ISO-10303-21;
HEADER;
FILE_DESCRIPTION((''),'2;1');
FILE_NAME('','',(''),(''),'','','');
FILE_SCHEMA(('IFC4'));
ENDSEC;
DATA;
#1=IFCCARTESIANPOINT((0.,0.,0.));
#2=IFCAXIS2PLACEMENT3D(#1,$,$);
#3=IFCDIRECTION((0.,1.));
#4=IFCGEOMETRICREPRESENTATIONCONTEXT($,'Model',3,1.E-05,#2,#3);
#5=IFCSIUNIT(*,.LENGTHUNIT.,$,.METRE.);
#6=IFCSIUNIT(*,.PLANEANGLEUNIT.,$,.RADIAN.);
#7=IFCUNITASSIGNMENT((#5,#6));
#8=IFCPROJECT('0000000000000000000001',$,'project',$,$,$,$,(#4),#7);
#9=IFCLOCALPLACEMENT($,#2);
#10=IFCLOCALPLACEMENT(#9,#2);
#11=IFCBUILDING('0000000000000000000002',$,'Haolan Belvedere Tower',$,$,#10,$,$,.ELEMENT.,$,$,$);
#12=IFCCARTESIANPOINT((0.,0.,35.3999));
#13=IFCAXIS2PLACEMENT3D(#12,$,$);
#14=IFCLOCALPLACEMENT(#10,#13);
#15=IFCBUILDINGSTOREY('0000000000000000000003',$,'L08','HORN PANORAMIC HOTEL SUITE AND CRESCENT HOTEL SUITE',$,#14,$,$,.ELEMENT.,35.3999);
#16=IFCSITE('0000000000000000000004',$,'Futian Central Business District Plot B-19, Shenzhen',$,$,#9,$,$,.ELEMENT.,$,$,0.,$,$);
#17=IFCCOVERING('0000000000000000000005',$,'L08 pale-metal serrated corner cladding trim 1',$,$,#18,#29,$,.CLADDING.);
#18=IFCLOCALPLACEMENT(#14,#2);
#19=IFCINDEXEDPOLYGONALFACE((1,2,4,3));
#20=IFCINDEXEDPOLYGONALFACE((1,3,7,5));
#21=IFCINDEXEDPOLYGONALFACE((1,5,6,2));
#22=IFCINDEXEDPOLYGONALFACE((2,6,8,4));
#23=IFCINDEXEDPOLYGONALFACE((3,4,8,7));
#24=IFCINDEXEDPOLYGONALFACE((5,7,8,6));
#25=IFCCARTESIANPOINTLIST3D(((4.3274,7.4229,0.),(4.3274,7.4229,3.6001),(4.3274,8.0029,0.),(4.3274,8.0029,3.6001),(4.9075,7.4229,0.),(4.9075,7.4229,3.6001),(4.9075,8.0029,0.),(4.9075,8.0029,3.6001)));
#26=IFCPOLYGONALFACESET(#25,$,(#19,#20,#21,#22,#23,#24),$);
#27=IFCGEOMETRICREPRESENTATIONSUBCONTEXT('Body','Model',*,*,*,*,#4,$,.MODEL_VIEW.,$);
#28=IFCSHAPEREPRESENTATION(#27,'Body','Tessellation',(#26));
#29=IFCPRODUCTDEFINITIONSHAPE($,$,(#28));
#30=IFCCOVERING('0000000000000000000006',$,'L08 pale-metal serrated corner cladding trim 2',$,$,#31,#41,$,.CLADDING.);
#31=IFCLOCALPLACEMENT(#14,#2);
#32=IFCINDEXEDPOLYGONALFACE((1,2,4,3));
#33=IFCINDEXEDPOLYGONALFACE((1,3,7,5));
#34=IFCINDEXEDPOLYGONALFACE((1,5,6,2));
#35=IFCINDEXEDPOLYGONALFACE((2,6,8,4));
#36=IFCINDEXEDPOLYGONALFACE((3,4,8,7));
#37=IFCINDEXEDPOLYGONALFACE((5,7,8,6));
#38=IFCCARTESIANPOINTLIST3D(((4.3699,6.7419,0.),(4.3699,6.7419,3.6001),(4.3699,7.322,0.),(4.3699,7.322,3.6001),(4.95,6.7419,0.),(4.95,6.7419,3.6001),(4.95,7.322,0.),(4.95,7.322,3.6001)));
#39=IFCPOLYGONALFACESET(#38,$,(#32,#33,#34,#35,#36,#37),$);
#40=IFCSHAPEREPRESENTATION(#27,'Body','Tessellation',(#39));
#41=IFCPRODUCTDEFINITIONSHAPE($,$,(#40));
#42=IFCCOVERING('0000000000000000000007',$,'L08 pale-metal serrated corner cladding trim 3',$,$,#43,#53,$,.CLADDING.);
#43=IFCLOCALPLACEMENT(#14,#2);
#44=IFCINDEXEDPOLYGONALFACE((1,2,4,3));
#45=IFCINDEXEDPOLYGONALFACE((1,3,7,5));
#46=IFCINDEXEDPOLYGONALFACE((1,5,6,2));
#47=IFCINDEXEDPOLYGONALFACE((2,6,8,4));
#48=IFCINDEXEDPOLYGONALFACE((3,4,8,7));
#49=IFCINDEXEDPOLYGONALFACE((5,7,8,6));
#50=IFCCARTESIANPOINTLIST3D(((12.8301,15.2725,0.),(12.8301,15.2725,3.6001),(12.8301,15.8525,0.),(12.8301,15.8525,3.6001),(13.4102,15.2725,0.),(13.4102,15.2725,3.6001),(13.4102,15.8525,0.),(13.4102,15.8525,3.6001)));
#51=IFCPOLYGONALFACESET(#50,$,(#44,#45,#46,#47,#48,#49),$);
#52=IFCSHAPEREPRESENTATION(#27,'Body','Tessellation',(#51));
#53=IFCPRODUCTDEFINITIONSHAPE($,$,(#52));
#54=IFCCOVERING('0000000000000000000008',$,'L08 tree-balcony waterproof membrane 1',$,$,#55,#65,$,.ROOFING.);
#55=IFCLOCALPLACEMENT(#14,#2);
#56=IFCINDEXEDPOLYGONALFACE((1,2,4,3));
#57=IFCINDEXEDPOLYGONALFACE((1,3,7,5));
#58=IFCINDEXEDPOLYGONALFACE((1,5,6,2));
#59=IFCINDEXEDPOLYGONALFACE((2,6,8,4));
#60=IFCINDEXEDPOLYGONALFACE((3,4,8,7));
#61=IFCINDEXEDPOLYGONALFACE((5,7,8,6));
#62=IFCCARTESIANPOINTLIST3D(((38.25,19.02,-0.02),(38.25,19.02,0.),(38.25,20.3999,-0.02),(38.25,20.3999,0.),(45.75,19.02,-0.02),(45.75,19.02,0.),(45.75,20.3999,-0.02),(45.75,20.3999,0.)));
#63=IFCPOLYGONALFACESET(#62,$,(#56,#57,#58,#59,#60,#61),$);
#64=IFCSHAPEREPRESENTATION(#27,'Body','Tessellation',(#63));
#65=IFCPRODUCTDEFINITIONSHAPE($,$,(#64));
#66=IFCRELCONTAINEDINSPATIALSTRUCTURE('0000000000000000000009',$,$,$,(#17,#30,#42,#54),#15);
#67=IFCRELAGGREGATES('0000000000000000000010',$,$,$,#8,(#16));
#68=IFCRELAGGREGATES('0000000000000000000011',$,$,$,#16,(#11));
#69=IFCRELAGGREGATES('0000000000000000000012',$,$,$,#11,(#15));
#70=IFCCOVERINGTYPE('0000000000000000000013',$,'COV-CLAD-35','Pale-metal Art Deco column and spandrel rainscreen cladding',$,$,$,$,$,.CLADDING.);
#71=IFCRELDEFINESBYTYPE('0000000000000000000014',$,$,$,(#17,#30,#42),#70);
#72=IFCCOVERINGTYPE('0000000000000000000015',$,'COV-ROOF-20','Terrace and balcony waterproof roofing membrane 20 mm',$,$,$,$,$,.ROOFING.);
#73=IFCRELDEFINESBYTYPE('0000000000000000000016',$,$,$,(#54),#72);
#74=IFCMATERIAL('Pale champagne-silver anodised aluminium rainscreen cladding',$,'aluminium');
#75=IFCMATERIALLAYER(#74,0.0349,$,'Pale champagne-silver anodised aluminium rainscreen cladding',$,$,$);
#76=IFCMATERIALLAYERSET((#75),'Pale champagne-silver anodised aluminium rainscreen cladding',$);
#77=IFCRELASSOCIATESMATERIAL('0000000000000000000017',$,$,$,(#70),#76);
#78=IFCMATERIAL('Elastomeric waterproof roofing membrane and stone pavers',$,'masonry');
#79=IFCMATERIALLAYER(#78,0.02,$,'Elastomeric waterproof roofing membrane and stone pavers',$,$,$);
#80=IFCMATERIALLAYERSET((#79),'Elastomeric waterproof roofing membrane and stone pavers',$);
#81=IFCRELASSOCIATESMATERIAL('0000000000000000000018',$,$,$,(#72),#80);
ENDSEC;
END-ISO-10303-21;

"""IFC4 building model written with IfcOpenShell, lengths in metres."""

from ifc_helpers import new_model, si_unit, direction, frame, origin, origin_2d, place, context, subcontext, project, spatial, polyline, rectangle, outline, extrude, material, layer, layer_set, type_object, element, save


model = new_model("IFC4")

# Units and contexts
model_context = context("Model", 3, precision=1e-05, world=origin(), true_north=direction((0.0, 1.0)))
body_context = subcontext(model_context, "Body", "Model", "MODEL_VIEW")
ifc_project = project(units=[si_unit("LENGTHUNIT", "METRE"), si_unit("PLANEANGLEUNIT", "RADIAN")], contexts=[model_context])

# Site, building, storey
site_placement = place(None, origin())
site = spatial("IfcSite", under=ifc_project, at=site_placement, Name="Futian Central Business District Plot B-19, Shenzhen", CompositionType="ELEMENT", RefElevation=0.0)
building_placement = place(site_placement, origin())
building = spatial("IfcBuilding", under=site, at=building_placement, Name="Haolan Belvedere Tower", CompositionType="ELEMENT")
storey_placement = place(building_placement, frame((0.0, 0.0, 35.3999)))
storey = spatial("IfcBuildingStorey", under=building, at=storey_placement, Name="L08", Description="HORN PANORAMIC HOTEL SUITE AND CRESCENT HOTEL SUITE", CompositionType="ELEMENT", Elevation=35.3999)

# Coverings
ifc_material_1 = material(Name="Pale champagne-silver anodised aluminium rainscreen cladding", Category="aluminium")
ifc_layer_1 = layer(ifc_material_1, 0.0349, Name="Pale champagne-silver anodised aluminium rainscreen cladding")
ifc_layer_set_1 = layer_set([ifc_layer_1], Name="Pale champagne-silver anodised aluminium rainscreen cladding")
covering_type_1 = type_object("IfcCoveringType", Name="COV-CLAD-35", Description="Pale-metal Art Deco column and spandrel rainscreen cladding", PredefinedType="CLADDING", material=ifc_layer_set_1)
for number, where, z_axis, x_axis, name in (
    (1, (4.6174, 7.7129, 0.0), (0.0, 0.0, 1.0), (1.0, 0.0, 0.0), "L08 pale-metal serrated corner cladding trim 1"),
    (2, (4.6599, 7.032, 0.0), (0.0, 0.0, 1.0), (1.0, 0.0, 0.0), "L08 pale-metal serrated corner cladding trim 2"),
    (3, (13.1201, 15.5625, 0.0), (0.0, 0.0, 1.0), (1.0, 0.0, 0.0), "L08 pale-metal serrated corner cladding trim 3"),
):
    element("IfcCovering", number, at=place(storey_placement, frame(where, z_axis=z_axis, x_axis=x_axis)), inside=storey, type_object=covering_type_1, Name=name, PredefinedType="CLADDING", context=body_context, shape_type="SweptSolid", body=[
        extrude(rectangle(XDim=0.5801, YDim=0.5801, at=origin_2d()), origin(), (0.0, 0.0, 1.0), 3.6001),
    ])
ifc_material_2 = material(Name="Elastomeric waterproof roofing membrane and stone pavers", Category="masonry")
ifc_layer_2 = layer(ifc_material_2, 0.02, Name="Elastomeric waterproof roofing membrane and stone pavers")
ifc_layer_set_2 = layer_set([ifc_layer_2], Name="Elastomeric waterproof roofing membrane and stone pavers")
covering_type_2 = type_object("IfcCoveringType", Name="COV-ROOF-20", Description="Terrace and balcony waterproof roofing membrane 20 mm", PredefinedType="ROOFING", material=ifc_layer_set_2)
covering_placement = place(storey_placement, frame((0.0, 0.0, -0.02)))
element("IfcCovering", 4, at=covering_placement, inside=storey, type_object=covering_type_2, Name="L08 tree-balcony waterproof membrane 1", PredefinedType="ROOFING", context=body_context, shape_type="SweptSolid", body=[
    extrude(outline(polyline([(38.25, 19.02), (45.75, 19.02), (45.75, 20.3999), (38.25, 20.3999), (38.25, 19.02)])), origin(), (0.0, 0.0, 1.0), 0.02),
])

save(model, "model.ifc")
